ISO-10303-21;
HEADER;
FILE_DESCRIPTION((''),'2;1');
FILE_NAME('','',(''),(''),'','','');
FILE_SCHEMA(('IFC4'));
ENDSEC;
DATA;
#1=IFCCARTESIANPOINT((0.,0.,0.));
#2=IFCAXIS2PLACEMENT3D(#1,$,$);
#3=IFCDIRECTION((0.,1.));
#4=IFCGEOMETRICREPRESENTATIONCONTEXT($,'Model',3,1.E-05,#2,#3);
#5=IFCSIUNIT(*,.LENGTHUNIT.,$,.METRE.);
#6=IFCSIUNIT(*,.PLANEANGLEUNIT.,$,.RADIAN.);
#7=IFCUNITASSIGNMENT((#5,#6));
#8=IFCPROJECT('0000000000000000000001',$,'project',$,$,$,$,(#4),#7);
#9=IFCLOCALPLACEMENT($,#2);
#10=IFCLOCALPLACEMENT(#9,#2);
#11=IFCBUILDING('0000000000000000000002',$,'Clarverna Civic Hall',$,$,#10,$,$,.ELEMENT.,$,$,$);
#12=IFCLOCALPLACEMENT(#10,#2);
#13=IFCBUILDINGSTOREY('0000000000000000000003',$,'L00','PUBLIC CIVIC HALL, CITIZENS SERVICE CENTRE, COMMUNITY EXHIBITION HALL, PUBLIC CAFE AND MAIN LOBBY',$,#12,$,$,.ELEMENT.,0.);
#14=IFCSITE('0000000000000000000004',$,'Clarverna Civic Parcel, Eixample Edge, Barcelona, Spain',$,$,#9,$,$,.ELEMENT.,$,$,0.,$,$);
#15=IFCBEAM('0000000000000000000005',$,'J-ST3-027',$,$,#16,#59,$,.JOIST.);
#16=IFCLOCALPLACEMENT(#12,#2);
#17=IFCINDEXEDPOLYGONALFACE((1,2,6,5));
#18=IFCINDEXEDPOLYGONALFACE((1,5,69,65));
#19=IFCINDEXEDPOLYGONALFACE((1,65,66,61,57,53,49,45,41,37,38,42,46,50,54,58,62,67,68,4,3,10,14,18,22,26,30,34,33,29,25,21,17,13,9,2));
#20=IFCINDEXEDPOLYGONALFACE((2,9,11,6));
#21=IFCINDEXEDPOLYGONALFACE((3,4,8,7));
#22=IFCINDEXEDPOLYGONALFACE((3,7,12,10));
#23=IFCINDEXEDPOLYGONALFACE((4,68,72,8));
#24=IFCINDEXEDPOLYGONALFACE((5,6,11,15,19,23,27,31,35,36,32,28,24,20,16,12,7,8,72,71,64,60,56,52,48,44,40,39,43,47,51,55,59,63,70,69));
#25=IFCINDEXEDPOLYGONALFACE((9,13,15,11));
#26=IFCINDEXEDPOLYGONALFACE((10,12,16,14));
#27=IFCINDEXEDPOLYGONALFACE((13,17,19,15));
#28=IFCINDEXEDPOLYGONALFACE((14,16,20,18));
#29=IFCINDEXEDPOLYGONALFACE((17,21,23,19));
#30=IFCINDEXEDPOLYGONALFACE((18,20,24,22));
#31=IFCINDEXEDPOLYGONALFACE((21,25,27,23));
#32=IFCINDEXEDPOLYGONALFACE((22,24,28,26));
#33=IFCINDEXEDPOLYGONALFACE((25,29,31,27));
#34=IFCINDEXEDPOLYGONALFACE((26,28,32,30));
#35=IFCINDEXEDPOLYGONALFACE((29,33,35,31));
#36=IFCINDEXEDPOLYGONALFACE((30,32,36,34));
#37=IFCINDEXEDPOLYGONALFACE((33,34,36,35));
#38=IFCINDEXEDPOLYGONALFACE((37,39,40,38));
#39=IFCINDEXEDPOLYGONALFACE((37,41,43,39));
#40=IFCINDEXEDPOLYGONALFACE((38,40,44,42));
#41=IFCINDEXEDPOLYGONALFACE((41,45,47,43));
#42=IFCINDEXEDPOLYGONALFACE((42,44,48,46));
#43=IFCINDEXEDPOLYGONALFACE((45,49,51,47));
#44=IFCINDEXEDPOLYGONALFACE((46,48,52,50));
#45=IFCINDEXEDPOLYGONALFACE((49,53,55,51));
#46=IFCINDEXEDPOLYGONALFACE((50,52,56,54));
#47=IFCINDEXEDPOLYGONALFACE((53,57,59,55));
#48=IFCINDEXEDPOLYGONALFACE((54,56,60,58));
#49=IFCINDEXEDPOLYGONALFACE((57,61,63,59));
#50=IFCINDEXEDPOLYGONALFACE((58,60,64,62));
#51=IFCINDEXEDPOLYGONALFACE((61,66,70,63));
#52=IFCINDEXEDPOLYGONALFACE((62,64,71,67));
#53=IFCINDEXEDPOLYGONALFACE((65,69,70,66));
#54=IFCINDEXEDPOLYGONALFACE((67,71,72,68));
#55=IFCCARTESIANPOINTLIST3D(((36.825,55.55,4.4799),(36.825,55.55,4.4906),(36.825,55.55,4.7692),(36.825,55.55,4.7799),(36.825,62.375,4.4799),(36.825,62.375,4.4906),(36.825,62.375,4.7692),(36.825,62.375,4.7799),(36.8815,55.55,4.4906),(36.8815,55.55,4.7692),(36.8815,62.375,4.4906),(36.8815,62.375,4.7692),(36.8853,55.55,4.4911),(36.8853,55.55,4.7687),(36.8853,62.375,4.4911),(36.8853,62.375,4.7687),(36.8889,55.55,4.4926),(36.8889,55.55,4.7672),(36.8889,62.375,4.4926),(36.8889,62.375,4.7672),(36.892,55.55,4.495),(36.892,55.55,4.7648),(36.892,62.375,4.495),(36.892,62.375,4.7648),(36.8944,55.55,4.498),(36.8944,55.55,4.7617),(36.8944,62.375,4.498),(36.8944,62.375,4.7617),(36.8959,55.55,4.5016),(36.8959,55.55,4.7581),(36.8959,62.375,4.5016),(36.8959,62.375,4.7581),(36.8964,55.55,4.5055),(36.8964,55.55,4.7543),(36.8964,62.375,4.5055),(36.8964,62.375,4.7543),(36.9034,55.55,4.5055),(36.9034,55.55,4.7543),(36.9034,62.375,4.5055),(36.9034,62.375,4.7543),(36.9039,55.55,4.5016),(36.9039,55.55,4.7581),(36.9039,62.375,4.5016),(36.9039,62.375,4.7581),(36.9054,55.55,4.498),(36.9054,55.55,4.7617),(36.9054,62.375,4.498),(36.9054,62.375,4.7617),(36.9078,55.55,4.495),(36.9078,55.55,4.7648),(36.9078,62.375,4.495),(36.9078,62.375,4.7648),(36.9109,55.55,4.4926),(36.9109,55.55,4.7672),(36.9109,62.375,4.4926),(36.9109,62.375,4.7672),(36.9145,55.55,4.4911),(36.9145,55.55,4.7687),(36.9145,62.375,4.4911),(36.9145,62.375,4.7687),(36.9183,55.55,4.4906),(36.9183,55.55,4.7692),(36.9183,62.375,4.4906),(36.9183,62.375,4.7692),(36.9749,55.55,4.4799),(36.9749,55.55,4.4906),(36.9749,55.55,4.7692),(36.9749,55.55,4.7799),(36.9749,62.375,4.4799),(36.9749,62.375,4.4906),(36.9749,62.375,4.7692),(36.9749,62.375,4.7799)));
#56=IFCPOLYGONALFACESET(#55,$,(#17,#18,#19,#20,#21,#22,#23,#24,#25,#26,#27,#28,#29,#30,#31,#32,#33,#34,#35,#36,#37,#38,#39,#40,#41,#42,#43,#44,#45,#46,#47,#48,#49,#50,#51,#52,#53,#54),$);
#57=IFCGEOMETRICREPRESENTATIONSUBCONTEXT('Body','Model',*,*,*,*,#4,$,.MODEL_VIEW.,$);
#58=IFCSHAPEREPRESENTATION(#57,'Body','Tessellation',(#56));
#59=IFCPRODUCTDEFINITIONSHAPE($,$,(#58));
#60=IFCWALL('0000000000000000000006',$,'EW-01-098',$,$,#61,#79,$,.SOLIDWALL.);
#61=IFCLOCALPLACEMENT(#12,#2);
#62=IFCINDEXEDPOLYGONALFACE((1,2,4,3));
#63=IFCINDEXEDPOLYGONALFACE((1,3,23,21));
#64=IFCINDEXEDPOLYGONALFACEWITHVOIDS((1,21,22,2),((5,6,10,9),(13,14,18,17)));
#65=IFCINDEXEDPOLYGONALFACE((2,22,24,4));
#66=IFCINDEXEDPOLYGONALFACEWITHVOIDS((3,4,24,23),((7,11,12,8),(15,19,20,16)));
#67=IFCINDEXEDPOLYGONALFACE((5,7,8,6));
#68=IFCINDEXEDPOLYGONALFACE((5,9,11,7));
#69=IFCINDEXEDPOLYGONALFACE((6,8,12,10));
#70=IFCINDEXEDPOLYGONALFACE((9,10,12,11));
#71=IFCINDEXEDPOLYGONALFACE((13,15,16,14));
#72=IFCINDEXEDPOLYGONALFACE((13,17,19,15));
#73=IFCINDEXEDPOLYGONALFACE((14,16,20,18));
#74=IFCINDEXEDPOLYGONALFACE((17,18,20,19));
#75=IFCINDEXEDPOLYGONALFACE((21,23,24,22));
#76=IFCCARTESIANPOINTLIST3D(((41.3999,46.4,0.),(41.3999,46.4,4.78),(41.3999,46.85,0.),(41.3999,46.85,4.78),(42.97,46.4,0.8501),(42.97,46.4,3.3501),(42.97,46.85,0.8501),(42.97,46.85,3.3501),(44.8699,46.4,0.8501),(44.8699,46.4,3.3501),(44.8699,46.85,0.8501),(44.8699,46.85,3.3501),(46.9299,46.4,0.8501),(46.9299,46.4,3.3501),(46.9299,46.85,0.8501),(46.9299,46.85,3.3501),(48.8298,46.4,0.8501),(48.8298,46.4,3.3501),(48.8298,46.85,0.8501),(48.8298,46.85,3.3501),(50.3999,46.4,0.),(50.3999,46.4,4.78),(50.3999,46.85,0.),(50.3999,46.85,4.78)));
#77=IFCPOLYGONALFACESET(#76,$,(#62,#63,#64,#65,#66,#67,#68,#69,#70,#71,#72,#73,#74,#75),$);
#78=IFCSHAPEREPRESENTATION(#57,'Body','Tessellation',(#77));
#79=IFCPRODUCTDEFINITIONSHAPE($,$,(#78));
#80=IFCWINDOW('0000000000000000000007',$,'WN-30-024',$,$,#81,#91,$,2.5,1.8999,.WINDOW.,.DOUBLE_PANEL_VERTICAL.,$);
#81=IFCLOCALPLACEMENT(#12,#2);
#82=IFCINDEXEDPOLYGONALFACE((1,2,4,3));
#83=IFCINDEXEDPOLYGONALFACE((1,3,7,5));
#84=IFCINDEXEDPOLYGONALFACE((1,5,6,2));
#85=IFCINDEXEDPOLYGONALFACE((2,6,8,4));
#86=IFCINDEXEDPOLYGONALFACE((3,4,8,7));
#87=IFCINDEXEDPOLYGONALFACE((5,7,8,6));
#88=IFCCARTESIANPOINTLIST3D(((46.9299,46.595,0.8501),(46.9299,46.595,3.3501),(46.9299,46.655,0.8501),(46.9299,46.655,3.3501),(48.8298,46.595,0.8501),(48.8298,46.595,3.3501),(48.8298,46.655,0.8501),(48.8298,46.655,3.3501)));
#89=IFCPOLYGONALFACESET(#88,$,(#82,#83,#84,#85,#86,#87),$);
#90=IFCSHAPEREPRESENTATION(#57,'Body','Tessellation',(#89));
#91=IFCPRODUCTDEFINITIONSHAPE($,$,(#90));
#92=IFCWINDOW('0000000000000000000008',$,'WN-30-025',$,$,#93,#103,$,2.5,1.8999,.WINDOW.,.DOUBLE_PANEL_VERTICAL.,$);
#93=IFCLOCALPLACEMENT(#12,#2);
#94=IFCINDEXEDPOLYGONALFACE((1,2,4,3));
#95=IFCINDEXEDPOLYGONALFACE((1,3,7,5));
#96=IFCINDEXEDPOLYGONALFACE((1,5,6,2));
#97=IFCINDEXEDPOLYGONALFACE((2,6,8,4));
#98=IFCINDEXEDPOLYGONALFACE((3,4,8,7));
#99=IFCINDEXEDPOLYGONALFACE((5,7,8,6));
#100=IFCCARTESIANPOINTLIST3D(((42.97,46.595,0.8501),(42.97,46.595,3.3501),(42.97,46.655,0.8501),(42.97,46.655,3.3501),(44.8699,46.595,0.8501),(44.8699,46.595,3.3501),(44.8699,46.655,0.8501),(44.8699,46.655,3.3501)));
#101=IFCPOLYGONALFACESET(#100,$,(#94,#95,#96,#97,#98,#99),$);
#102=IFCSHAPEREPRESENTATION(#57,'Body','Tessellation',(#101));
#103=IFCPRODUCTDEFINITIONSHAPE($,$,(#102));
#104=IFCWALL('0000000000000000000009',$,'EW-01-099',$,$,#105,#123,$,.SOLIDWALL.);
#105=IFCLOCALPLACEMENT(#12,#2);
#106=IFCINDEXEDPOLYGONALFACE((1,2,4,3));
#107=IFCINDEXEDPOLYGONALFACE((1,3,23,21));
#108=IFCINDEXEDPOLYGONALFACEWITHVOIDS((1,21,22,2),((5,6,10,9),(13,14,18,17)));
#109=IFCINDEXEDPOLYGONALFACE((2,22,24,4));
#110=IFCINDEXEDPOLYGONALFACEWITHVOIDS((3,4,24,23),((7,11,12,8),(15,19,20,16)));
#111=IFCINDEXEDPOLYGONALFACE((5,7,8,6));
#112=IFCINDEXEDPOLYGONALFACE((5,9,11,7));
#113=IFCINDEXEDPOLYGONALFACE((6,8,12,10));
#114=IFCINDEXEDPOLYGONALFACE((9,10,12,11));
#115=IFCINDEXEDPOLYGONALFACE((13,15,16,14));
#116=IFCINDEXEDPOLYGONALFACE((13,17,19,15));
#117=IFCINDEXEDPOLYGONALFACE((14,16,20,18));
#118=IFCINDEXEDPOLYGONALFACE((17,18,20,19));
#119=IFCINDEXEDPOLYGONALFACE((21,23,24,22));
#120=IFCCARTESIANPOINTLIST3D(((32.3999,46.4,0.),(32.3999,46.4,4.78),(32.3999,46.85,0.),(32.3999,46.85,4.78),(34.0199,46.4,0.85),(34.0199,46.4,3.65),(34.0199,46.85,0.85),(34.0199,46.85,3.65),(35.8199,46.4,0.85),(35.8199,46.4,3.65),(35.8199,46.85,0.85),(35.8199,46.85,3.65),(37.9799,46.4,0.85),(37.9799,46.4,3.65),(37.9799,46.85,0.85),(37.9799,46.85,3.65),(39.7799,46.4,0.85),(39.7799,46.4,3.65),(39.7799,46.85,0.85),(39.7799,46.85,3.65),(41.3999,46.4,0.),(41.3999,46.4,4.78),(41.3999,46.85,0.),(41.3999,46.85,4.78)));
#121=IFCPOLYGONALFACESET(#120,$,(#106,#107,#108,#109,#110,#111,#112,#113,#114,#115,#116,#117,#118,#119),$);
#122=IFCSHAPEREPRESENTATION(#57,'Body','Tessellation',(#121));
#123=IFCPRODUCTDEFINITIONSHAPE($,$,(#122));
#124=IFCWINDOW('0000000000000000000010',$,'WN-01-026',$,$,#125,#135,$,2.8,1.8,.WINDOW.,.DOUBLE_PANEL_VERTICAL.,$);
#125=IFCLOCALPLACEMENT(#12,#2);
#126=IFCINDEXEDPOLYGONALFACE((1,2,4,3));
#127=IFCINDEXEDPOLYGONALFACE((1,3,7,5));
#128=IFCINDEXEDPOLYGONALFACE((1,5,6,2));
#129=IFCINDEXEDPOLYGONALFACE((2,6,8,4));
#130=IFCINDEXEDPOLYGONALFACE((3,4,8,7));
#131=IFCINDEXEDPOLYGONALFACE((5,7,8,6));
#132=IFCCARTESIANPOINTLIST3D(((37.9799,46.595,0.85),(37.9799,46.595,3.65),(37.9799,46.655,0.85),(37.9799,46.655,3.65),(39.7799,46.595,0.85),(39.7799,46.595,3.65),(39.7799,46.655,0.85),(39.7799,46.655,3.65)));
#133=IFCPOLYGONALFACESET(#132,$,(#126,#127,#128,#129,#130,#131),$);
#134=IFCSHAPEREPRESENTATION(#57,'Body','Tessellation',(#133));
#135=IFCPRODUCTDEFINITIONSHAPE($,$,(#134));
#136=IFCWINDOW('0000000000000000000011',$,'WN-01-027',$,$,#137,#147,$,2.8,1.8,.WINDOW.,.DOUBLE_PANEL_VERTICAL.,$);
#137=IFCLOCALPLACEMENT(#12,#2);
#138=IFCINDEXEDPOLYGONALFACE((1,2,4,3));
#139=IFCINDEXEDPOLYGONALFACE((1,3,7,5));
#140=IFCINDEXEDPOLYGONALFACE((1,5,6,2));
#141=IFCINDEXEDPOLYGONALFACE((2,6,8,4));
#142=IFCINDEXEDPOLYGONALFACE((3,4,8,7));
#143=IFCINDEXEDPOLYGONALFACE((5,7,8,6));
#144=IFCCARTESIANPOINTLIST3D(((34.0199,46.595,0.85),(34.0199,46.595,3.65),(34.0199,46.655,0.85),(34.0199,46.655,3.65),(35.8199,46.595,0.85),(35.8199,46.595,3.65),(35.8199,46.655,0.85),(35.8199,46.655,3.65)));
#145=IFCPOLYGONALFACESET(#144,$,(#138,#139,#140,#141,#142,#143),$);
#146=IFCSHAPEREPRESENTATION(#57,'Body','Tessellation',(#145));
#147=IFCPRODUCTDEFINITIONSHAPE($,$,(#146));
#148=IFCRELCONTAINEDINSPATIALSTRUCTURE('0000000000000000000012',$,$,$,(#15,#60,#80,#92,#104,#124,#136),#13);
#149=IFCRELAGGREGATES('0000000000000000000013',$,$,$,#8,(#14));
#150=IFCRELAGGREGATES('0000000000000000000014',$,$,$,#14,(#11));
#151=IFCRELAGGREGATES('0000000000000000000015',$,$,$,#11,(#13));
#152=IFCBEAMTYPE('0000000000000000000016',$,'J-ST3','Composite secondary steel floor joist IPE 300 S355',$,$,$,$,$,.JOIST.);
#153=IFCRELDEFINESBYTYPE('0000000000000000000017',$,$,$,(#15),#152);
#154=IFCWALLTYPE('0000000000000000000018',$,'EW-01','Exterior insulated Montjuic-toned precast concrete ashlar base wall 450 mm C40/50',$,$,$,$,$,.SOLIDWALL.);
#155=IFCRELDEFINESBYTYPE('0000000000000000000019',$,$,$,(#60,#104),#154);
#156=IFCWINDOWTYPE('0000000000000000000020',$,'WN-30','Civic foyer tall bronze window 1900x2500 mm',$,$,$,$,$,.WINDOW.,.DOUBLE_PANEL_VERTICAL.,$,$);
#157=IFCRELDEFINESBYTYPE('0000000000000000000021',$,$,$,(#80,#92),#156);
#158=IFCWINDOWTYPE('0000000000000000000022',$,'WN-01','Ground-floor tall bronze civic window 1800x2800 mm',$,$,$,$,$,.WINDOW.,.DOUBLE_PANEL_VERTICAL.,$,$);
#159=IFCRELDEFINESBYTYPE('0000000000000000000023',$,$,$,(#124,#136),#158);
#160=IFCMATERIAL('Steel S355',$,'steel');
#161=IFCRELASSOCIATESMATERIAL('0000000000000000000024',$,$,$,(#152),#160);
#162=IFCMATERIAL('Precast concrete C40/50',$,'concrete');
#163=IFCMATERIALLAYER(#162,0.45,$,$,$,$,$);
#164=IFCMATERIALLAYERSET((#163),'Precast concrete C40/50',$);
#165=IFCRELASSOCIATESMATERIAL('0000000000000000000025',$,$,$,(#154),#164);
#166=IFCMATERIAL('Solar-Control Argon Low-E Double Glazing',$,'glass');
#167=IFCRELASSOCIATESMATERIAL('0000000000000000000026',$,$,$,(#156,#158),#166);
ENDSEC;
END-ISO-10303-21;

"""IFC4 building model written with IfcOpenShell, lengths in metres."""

from ifc_helpers import new_model, si_unit, direction, frame, frame_2d, origin, origin_2d, place, context, subcontext, project, spatial, rectangle, i_section, extrude, material, layer, layer_set, material_profile, profile_set, type_object, element, fill, save


model = new_model("IFC4")

# Units and contexts
model_context = context("Model", 3, precision=1e-05, world=origin(), true_north=direction((0.0, 1.0)))
body_context = subcontext(model_context, "Body", "Model", "MODEL_VIEW")
ifc_project = project(units=[si_unit("LENGTHUNIT", "METRE"), si_unit("PLANEANGLEUNIT", "RADIAN")], contexts=[model_context])

# Site, building, storey
site_placement = place(None, origin())
site = spatial("IfcSite", under=ifc_project, at=site_placement, Name="Clarverna Civic Parcel, Eixample Edge, Barcelona, Spain", CompositionType="ELEMENT", RefElevation=0.0)
building_placement = place(site_placement, origin())
building = spatial("IfcBuilding", under=site, at=building_placement, Name="Clarverna Civic Hall", CompositionType="ELEMENT")
storey_placement = place(building_placement, origin())
storey = spatial("IfcBuildingStorey", under=building, at=storey_placement, Name="L00", Description="PUBLIC CIVIC HALL, CITIZENS SERVICE CENTRE, COMMUNITY EXHIBITION HALL, PUBLIC CAFE AND MAIN LOBBY", CompositionType="ELEMENT", Elevation=0.0)

# Beam
ifc_material_1 = material(Name="Steel S355", Category="steel")
ifc_material_profile_1 = material_profile(ifc_material_1, i_section(OverallWidth=0.1499, OverallDepth=0.3, WebThickness=0.0071, FlangeThickness=0.0107, FilletRadius=0.0149, at=origin_2d()), Name="IPE 300")
ifc_profile_set_1 = profile_set([ifc_material_profile_1], Name="Steel S355")
beam_type_1 = type_object("IfcBeamType", Name="J-ST3", Description="Composite secondary steel floor joist IPE 300 S355", PredefinedType="JOIST", material=ifc_profile_set_1)
beam_1_placement = place(storey_placement, frame((36.8999, 55.55, 4.6299), z_axis=(0.0, 1.0, 0.0), x_axis=(-1.0, 0.0, 0.0)))
element("IfcBeam", 1, at=beam_1_placement, inside=storey, type_object=beam_type_1, Name="J-ST3-027", PredefinedType="JOIST", context=body_context, shape_type="SweptSolid", body=[
    extrude(i_section(OverallWidth=0.1499, OverallDepth=0.3, WebThickness=0.0071, FlangeThickness=0.0107, FilletRadius=0.0149, at=origin_2d()), origin(), (0.0, 0.0, 1.0), 6.825),
])

# Walls, openings, windows
ifc_material_2 = material(Name="Precast concrete C40/50", Category="concrete")
ifc_layer = layer(ifc_material_2, 0.45)
ifc_layer_set = layer_set([ifc_layer], Name="Precast concrete C40/50")
wall_type = type_object("IfcWallType", Name="EW-01", Description="Exterior insulated Montjuic-toned precast concrete ashlar base wall 450 mm C40/50", PredefinedType="SOLIDWALL", material=ifc_layer_set)
wall_1_placement = place(storey_placement, frame((50.3999, 46.625, 0.0), z_axis=(0.0, 0.0, 1.0), x_axis=(-1.0, 0.0, 0.0)))
wall_1 = element("IfcWall", 2, at=wall_1_placement, inside=storey, type_object=wall_type, Name="EW-01-098", PredefinedType="SOLIDWALL", context=body_context, shape_type="SweptSolid", body=[
    extrude(rectangle(XDim=9.0, YDim=0.45, at=frame_2d((4.5, 0.0))), origin(), (0.0, 0.0, 1.0), 4.78),
])
opening_1_placement = place(wall_1_placement, frame((1.5701, 0.0, 0.8501)))
opening_1 = element("IfcOpeningElement", 3, at=opening_1_placement, cuts=wall_1, PredefinedType="OPENING", context=body_context, shape_type="SweptSolid", body=[
    extrude(rectangle(XDim=1.8999, YDim=2.5, at=frame_2d((0.95, 1.25))), frame((0.0, 0.2349, 0.0), z_axis=(0.0, -1.0, 0.0), x_axis=(1.0, 0.0, 0.0)), (0.0, 0.0, 1.0), 0.47),
])
opening_2_placement = place(wall_1_placement, frame((5.53, 0.0, 0.8501)))
opening_2 = element("IfcOpeningElement", 4, at=opening_2_placement, cuts=wall_1, PredefinedType="OPENING", context=body_context, shape_type="SweptSolid", body=[
    extrude(rectangle(XDim=1.8999, YDim=2.5, at=frame_2d((0.95, 1.25))), frame((0.0, 0.2349, 0.0), z_axis=(0.0, -1.0, 0.0), x_axis=(1.0, 0.0, 0.0)), (0.0, 0.0, 1.0), 0.47),
])
ifc_material_3 = material(Name="Solar-Control Argon Low-E Double Glazing", Category="glass")
window_type_1 = type_object("IfcWindowType", Name="WN-30", Description="Civic foyer tall bronze window 1900x2500 mm", PartitioningType="DOUBLE_PANEL_VERTICAL", PredefinedType="WINDOW", material=ifc_material_3)
window_1_placement = place(opening_1_placement, origin())
window_1 = element("IfcWindow", 5, at=window_1_placement, inside=storey, type_object=window_type_1, Name="WN-30-024", OverallHeight=2.5, OverallWidth=1.8999, PartitioningType="DOUBLE_PANEL_VERTICAL", PredefinedType="WINDOW", context=body_context, shape_type="SweptSolid", body=[
    extrude(rectangle(XDim=1.8999, YDim=2.5, at=frame_2d((0.95, 1.25))), frame((0.0, 0.03, 0.0), z_axis=(0.0, -1.0, 0.0), x_axis=(1.0, 0.0, 0.0)), (0.0, 0.0, 1.0), 0.0601),
])
fill(opening_1, window_1)
window_2_placement = place(opening_2_placement, origin())
window_2 = element("IfcWindow", 6, at=window_2_placement, inside=storey, type_object=window_type_1, Name="WN-30-025", OverallHeight=2.5, OverallWidth=1.8999, PartitioningType="DOUBLE_PANEL_VERTICAL", PredefinedType="WINDOW", context=body_context, shape_type="SweptSolid", body=[
    extrude(rectangle(XDim=1.8999, YDim=2.5, at=frame_2d((0.95, 1.25))), frame((0.0, 0.03, 0.0), z_axis=(0.0, -1.0, 0.0), x_axis=(1.0, 0.0, 0.0)), (0.0, 0.0, 1.0), 0.0601),
])
fill(opening_2, window_2)
wall_2_placement = place(storey_placement, frame((41.3999, 46.625, 0.0), z_axis=(0.0, 0.0, 1.0), x_axis=(-1.0, 0.0, 0.0)))
wall_2 = element("IfcWall", 7, at=wall_2_placement, inside=storey, type_object=wall_type, Name="EW-01-099", PredefinedType="SOLIDWALL", context=body_context, shape_type="SweptSolid", body=[
    extrude(rectangle(XDim=9.0, YDim=0.45, at=frame_2d((4.5, 0.0))), origin(), (0.0, 0.0, 1.0), 4.78),
])
opening_3_placement = place(wall_2_placement, frame((1.6201, 0.0, 0.8501)))
opening_3 = element("IfcOpeningElement", 8, at=opening_3_placement, cuts=wall_2, PredefinedType="OPENING", context=body_context, shape_type="SweptSolid", body=[
    extrude(rectangle(XDim=1.8, YDim=2.8, at=frame_2d((0.8999, 1.3999))), frame((0.0, 0.2349, 0.0), z_axis=(0.0, -1.0, 0.0), x_axis=(1.0, 0.0, 0.0)), (0.0, 0.0, 1.0), 0.47),
])
opening_4_placement = place(wall_2_placement, frame((5.5801, 0.0, 0.8501)))
opening_4 = element("IfcOpeningElement", 9, at=opening_4_placement, cuts=wall_2, PredefinedType="OPENING", context=body_context, shape_type="SweptSolid", body=[
    extrude(rectangle(XDim=1.8, YDim=2.8, at=frame_2d((0.8999, 1.3999))), frame((0.0, 0.2349, 0.0), z_axis=(0.0, -1.0, 0.0), x_axis=(1.0, 0.0, 0.0)), (0.0, 0.0, 1.0), 0.47),
])
window_type_2 = type_object("IfcWindowType", Name="WN-01", Description="Ground-floor tall bronze civic window 1800x2800 mm", PartitioningType="DOUBLE_PANEL_VERTICAL", PredefinedType="WINDOW", material=ifc_material_3)
window_3_placement = place(opening_3_placement, origin())
window_3 = element("IfcWindow", 10, at=window_3_placement, inside=storey, type_object=window_type_2, Name="WN-01-026", OverallHeight=2.8, OverallWidth=1.8, PartitioningType="DOUBLE_PANEL_VERTICAL", PredefinedType="WINDOW", context=body_context, shape_type="SweptSolid", body=[
    extrude(rectangle(XDim=1.8, YDim=2.8, at=frame_2d((0.8999, 1.3999))), frame((0.0, 0.03, 0.0), z_axis=(0.0, -1.0, 0.0), x_axis=(1.0, 0.0, 0.0)), (0.0, 0.0, 1.0), 0.0601),
])
fill(opening_3, window_3)
window_4_placement = place(opening_4_placement, origin())
window_4 = element("IfcWindow", 11, at=window_4_placement, inside=storey, type_object=window_type_2, Name="WN-01-027", OverallHeight=2.8, OverallWidth=1.8, PartitioningType="DOUBLE_PANEL_VERTICAL", PredefinedType="WINDOW", context=body_context, shape_type="SweptSolid", body=[
    extrude(rectangle(XDim=1.8, YDim=2.8, at=frame_2d((0.8999, 1.3999))), frame((0.0, 0.03, 0.0), z_axis=(0.0, -1.0, 0.0), x_axis=(1.0, 0.0, 0.0)), (0.0, 0.0, 1.0), 0.0601),
])
fill(opening_4, window_4)

save(model, "model.ifc")
